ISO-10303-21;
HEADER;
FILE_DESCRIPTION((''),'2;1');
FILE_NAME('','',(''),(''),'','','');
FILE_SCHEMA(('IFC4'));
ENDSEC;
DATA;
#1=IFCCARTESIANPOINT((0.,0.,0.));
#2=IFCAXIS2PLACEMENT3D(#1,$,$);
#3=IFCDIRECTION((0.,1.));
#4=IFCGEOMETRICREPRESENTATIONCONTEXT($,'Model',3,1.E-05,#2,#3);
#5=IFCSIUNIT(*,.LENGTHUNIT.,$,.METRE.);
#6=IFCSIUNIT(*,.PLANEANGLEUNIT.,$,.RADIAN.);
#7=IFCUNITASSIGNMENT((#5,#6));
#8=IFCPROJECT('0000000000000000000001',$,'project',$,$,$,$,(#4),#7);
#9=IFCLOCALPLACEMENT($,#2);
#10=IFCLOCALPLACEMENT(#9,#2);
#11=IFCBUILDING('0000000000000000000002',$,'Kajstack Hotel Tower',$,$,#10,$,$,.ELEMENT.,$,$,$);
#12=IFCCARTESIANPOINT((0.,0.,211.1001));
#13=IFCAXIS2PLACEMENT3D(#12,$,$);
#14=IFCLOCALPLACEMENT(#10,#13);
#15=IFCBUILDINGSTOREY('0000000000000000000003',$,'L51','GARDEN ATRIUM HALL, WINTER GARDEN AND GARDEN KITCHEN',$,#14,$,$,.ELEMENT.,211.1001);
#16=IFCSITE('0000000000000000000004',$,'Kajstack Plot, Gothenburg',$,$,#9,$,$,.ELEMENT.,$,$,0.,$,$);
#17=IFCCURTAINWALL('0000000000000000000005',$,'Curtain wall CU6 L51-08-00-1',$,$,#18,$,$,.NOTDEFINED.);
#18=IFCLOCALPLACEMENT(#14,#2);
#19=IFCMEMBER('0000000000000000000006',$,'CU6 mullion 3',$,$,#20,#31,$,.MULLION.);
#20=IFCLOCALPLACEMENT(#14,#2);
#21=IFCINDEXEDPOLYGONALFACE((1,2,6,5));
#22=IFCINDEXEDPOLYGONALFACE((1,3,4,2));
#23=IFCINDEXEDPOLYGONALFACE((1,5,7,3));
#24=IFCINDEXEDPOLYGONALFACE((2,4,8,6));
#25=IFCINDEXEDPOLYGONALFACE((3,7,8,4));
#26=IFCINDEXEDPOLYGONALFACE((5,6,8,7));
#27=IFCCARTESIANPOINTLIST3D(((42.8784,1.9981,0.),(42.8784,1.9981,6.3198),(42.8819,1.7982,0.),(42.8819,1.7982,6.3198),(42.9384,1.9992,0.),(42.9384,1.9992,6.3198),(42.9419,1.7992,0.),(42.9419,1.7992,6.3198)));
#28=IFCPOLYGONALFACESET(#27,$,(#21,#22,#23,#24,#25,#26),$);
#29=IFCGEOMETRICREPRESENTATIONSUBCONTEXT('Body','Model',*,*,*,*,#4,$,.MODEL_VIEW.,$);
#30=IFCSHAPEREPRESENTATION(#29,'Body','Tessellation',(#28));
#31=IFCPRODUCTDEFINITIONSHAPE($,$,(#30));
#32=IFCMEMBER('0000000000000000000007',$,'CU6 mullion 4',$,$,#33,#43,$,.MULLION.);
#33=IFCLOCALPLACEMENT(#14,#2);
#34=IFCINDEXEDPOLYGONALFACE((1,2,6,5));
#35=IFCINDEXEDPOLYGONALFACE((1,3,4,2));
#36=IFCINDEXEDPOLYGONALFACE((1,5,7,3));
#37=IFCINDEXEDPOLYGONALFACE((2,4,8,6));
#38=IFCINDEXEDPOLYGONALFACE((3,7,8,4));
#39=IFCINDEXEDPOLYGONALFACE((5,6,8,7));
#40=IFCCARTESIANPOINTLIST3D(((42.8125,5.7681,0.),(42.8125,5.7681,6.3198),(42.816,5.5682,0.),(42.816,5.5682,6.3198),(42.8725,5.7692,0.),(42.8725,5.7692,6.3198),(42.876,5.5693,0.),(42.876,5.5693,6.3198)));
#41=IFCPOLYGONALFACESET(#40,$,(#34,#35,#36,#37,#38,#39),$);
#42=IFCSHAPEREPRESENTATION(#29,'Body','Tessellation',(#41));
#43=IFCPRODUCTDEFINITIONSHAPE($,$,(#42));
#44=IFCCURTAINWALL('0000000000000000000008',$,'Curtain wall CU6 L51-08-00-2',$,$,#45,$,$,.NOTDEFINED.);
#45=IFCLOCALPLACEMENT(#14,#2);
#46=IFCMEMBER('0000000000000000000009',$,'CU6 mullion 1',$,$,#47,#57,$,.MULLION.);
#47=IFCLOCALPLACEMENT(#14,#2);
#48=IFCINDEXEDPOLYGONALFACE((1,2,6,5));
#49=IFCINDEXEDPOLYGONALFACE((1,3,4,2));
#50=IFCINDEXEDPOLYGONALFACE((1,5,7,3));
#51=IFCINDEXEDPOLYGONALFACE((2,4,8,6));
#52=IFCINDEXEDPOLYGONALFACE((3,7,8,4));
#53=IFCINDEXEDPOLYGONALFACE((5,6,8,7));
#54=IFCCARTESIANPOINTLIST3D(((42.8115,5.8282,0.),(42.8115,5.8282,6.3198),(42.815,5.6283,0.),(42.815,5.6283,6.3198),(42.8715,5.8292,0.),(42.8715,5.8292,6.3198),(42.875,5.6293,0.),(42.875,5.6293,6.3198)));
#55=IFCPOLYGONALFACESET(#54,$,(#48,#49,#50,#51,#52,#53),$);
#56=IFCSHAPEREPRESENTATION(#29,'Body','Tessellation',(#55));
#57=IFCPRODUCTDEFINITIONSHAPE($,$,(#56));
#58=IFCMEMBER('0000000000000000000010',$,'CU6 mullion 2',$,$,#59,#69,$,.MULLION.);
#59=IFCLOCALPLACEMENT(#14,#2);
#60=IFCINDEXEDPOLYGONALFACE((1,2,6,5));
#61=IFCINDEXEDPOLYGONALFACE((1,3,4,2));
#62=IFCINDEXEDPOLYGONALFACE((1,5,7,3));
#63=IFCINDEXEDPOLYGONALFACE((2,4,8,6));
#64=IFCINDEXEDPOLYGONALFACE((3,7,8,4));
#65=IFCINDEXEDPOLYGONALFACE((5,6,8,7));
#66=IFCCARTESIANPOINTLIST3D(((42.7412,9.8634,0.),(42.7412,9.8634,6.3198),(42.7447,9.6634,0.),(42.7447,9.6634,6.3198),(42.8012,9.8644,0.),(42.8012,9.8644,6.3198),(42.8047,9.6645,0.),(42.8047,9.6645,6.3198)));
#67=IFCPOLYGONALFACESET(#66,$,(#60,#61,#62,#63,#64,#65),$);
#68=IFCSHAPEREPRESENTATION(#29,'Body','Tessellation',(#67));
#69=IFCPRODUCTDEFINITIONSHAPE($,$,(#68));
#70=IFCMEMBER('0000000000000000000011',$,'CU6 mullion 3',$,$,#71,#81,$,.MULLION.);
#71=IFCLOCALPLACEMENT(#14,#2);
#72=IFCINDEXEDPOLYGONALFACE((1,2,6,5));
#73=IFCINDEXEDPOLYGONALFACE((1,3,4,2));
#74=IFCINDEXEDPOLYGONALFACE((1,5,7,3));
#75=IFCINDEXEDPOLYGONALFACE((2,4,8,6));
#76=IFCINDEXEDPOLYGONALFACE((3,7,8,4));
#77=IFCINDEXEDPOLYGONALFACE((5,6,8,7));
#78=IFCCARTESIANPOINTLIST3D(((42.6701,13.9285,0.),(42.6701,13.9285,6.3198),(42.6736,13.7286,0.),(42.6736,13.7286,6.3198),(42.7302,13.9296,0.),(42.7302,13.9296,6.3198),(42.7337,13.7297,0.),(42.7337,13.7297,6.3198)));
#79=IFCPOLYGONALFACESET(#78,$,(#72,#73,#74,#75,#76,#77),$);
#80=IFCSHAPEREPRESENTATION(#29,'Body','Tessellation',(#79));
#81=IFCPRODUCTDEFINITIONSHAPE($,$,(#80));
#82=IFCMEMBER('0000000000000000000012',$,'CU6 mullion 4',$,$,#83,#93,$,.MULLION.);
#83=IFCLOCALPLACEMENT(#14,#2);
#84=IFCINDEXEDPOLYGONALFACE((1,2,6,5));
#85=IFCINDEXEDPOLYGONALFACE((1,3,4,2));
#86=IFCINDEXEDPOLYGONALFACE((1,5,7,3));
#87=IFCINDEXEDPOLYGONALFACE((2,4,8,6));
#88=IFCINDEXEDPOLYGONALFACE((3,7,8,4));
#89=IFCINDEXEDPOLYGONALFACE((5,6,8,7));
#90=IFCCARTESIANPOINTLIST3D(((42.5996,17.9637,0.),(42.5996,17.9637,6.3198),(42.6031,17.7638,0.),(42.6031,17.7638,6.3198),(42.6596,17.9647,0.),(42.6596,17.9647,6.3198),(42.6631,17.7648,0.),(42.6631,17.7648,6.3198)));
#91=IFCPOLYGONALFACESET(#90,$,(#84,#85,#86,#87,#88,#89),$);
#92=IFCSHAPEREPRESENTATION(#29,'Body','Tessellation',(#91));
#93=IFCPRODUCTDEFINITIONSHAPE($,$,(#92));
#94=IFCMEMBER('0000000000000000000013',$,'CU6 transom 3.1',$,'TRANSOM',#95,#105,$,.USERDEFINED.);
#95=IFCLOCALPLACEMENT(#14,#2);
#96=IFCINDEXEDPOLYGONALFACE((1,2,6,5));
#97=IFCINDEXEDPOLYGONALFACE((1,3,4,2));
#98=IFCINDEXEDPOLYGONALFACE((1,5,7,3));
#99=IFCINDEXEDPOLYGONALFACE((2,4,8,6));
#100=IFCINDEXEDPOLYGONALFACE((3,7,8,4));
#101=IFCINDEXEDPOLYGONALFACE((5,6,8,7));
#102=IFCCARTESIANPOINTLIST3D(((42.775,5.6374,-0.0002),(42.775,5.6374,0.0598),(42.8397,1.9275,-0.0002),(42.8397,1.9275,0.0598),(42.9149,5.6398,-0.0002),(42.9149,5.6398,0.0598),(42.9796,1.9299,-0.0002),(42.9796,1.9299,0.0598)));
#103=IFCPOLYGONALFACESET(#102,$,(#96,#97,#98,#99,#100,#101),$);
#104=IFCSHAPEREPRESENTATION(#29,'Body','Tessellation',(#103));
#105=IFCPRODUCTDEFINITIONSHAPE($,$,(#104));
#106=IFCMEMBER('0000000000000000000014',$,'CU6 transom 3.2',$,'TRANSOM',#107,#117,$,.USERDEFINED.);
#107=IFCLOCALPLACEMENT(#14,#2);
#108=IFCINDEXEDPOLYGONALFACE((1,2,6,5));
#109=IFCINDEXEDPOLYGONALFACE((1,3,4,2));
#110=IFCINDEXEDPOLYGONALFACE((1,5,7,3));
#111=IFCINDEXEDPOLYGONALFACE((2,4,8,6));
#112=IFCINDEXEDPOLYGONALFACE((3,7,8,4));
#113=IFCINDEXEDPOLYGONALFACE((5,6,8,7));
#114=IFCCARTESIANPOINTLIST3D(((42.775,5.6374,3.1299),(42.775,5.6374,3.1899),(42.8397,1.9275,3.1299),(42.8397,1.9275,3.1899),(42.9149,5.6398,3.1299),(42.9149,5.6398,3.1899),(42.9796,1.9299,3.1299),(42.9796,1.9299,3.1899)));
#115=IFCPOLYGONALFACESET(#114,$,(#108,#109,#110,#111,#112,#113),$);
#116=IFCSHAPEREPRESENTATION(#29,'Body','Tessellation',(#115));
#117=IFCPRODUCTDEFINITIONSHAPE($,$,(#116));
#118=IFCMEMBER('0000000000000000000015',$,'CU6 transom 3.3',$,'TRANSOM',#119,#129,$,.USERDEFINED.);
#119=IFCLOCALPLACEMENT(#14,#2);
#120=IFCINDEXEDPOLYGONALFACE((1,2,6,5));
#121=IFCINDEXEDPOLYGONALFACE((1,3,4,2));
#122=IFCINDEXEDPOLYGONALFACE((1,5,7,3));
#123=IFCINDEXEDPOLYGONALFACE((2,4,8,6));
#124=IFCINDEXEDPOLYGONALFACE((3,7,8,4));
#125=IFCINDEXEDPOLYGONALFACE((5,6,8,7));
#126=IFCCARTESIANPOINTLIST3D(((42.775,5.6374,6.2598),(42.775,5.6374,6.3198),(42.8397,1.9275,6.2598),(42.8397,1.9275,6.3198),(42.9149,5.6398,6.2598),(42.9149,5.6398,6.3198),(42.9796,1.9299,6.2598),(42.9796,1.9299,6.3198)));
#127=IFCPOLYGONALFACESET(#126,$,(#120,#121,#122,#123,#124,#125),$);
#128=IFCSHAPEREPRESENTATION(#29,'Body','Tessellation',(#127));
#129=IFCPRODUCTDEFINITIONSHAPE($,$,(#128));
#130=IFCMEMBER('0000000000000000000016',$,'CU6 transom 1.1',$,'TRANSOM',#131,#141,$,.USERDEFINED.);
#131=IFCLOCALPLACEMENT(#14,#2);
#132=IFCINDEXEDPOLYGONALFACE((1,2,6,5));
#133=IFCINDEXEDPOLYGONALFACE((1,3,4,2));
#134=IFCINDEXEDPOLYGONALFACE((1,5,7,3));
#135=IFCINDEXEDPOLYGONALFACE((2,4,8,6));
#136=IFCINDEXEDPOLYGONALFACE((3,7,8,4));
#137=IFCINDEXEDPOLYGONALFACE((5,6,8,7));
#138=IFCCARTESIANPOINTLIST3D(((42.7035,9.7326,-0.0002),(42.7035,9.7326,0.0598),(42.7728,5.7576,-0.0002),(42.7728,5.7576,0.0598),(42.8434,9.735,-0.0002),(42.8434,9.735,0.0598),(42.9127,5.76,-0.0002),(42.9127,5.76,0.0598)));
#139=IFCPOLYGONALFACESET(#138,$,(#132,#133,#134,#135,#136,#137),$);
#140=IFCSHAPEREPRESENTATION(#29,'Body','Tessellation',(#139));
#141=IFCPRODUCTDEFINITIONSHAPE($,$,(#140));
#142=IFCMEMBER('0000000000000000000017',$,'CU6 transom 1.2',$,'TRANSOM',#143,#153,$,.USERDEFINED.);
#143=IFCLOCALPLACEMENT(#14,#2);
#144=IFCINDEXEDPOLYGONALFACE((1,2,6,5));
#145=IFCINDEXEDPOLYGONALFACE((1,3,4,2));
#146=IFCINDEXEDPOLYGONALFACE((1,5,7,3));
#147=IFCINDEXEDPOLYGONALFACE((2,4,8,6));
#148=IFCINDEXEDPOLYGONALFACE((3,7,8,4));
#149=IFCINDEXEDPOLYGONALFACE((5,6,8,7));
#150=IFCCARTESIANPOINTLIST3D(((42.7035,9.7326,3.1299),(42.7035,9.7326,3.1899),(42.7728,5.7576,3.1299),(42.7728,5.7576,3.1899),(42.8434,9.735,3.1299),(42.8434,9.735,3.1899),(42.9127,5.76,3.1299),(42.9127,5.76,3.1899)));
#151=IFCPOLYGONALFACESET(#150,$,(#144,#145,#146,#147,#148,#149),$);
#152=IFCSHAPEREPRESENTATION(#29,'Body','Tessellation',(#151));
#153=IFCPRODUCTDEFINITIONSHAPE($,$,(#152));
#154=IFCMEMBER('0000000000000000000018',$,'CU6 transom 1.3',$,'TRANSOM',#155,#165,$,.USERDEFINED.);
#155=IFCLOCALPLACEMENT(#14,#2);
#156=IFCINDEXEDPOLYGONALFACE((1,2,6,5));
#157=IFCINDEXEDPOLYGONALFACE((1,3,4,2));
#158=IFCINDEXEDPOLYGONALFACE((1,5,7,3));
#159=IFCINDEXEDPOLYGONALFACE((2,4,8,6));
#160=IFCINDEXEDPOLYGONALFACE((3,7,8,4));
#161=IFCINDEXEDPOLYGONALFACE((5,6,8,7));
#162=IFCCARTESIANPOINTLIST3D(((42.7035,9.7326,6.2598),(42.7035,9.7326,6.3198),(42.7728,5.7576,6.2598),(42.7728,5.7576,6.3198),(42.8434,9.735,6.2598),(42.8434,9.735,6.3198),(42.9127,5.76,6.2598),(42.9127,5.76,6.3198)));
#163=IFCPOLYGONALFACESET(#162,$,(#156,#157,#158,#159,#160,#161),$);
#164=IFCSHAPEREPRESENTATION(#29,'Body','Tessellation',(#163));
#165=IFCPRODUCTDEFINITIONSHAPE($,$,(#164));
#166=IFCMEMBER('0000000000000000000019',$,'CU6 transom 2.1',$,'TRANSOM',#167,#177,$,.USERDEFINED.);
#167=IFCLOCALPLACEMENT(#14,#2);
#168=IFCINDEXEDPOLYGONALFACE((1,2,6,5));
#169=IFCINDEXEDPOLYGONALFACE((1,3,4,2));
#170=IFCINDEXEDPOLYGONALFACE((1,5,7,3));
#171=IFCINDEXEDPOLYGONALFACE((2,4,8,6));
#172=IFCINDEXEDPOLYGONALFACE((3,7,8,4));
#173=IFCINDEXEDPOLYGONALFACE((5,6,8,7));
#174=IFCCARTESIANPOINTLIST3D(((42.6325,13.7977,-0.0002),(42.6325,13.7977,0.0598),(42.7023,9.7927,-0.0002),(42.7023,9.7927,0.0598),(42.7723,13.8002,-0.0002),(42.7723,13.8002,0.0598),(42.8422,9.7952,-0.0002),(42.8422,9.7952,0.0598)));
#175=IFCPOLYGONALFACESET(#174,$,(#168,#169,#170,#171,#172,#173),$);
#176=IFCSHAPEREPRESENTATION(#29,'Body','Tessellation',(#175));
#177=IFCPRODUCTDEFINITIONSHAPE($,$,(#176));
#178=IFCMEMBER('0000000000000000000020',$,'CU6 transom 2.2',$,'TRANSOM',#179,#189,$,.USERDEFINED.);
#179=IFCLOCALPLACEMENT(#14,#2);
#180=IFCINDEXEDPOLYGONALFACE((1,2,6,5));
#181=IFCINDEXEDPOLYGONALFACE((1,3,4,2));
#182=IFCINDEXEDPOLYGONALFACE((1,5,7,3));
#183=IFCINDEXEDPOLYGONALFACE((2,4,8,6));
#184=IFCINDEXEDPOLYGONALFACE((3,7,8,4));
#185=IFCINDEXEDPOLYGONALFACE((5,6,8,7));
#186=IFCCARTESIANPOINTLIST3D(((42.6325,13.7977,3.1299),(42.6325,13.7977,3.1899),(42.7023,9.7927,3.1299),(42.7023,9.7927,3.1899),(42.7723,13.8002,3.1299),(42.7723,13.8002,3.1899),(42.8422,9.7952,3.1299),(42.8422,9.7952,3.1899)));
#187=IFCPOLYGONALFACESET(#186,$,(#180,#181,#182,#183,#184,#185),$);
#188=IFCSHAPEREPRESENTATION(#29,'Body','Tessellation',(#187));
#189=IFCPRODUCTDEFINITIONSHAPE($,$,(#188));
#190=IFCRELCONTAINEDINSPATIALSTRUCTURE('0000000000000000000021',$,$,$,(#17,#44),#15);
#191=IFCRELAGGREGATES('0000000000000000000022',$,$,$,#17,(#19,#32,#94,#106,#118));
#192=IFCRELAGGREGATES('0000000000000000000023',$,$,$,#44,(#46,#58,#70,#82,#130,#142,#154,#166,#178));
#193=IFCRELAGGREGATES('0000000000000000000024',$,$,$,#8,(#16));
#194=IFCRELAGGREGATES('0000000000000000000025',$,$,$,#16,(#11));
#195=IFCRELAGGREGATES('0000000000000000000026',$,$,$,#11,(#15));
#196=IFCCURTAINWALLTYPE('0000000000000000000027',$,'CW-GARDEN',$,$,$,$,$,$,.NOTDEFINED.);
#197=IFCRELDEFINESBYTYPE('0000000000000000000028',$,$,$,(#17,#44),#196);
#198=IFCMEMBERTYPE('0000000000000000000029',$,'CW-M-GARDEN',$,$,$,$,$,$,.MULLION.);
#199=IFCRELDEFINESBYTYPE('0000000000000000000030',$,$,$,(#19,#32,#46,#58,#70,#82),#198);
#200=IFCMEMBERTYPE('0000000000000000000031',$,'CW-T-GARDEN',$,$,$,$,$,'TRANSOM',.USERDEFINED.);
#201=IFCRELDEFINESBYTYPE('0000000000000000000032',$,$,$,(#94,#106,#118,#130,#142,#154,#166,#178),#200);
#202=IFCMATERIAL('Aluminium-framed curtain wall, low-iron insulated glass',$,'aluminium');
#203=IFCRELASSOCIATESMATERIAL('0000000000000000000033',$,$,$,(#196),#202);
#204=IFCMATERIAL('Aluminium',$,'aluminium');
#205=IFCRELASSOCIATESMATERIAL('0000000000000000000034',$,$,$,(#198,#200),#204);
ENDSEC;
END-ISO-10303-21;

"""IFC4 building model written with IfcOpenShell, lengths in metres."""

from ifc_helpers import new_model, si_unit, direction, frame, origin, origin_2d, place, context, subcontext, project, spatial, rectangle, extrude, material, material_profile, profile_set, type_object, element, aggregate, save


model = new_model("IFC4")

# Units and contexts
model_context = context("Model", 3, precision=1e-05, world=origin(), true_north=direction((0.0, 1.0)))
body_context = subcontext(model_context, "Body", "Model", "MODEL_VIEW")
ifc_project = project(units=[si_unit("LENGTHUNIT", "METRE"), si_unit("PLANEANGLEUNIT", "RADIAN")], contexts=[model_context])

# Site, building, storey
site_placement = place(None, origin())
site = spatial("IfcSite", under=ifc_project, at=site_placement, Name="Kajstack Plot, Gothenburg", CompositionType="ELEMENT", RefElevation=0.0)
building_placement = place(site_placement, origin())
building = spatial("IfcBuilding", under=site, at=building_placement, Name="Kajstack Hotel Tower", CompositionType="ELEMENT")
storey_placement = place(building_placement, frame((0.0, 0.0, 211.1001)))
storey = spatial("IfcBuildingStorey", under=building, at=storey_placement, Name="L51", Description="GARDEN ATRIUM HALL, WINTER GARDEN AND GARDEN KITCHEN", CompositionType="ELEMENT", Elevation=211.1001)

# Curtain walls, members
ifc_material_1 = material(Name="Aluminium-framed curtain wall, low-iron insulated glass", Category="aluminium")
curtain_wall_type = type_object("IfcCurtainWallType", Name="CW-GARDEN", PredefinedType="NOTDEFINED", material=ifc_material_1)
curtain_wall_1_placement = place(storey_placement, origin())
curtain_wall_1 = element("IfcCurtainWall", 1, at=curtain_wall_1_placement, inside=storey, type_object=curtain_wall_type, Name="Curtain wall CU6 L51-08-00-1", PredefinedType="NOTDEFINED")
ifc_material_2 = material(Name="Aluminium", Category="aluminium")
ifc_material_profile_1 = material_profile(ifc_material_2, rectangle(XDim=0.0601, YDim=0.2, at=origin_2d()), Name="Aluminium mullion 60 x 200")
ifc_profile_set_1 = profile_set([ifc_material_profile_1], Name="Aluminium")
member_type_1 = type_object("IfcMemberType", Name="CW-M-GARDEN", PredefinedType="MULLION", material=ifc_profile_set_1)
member_1_placement = place(storey_placement, frame((42.9102, 1.8987, 0.0), z_axis=(0.0, 0.0, 1.0), x_axis=(-0.999848, -0.017455, 0.0)))
member_1 = element("IfcMember", 2, at=member_1_placement, type_object=member_type_1, Name="CU6 mullion 3", PredefinedType="MULLION", context=body_context, shape_type="SweptSolid", body=[
    extrude(rectangle(XDim=0.0601, YDim=0.2, at=origin_2d()), origin(), (0.0, 0.0, 1.0), 6.3198),
])
member_2_placement = place(storey_placement, frame((42.8442, 5.6687, 0.0), z_axis=(0.0, 0.0, 1.0), x_axis=(-0.999848, -0.017455, 0.0)))
member_2 = element("IfcMember", 3, at=member_2_placement, type_object=member_type_1, Name="CU6 mullion 4", PredefinedType="MULLION", context=body_context, shape_type="SweptSolid", body=[
    extrude(rectangle(XDim=0.0601, YDim=0.2, at=origin_2d()), origin(), (0.0, 0.0, 1.0), 6.3198),
])
curtain_wall_2_placement = place(storey_placement, origin())
curtain_wall_2 = element("IfcCurtainWall", 4, at=curtain_wall_2_placement, inside=storey, type_object=curtain_wall_type, Name="Curtain wall CU6 L51-08-00-2", PredefinedType="NOTDEFINED")
member_3_placement = place(storey_placement, frame((42.8433, 5.7288, 0.0), z_axis=(0.0, 0.0, 1.0), x_axis=(-0.999848, -0.017455, 0.0)))
member_3 = element("IfcMember", 5, at=member_3_placement, type_object=member_type_1, Name="CU6 mullion 1", PredefinedType="MULLION", context=body_context, shape_type="SweptSolid", body=[
    extrude(rectangle(XDim=0.0601, YDim=0.2, at=origin_2d()), origin(), (0.0, 0.0, 1.0), 6.3198),
])
member_4_placement = place(storey_placement, frame((42.7729, 9.7639, 0.0), z_axis=(0.0, 0.0, 1.0), x_axis=(-0.999848, -0.017455, 0.0)))
member_4 = element("IfcMember", 6, at=member_4_placement, type_object=member_type_1, Name="CU6 mullion 2", PredefinedType="MULLION", context=body_context, shape_type="SweptSolid", body=[
    extrude(rectangle(XDim=0.0601, YDim=0.2, at=origin_2d()), origin(), (0.0, 0.0, 1.0), 6.3198),
])
member_5_placement = place(storey_placement, frame((42.7019, 13.8291, 0.0), z_axis=(0.0, 0.0, 1.0), x_axis=(-0.999848, -0.017455, 0.0)))
member_5 = element("IfcMember", 7, at=member_5_placement, type_object=member_type_1, Name="CU6 mullion 3", PredefinedType="MULLION", context=body_context, shape_type="SweptSolid", body=[
    extrude(rectangle(XDim=0.0601, YDim=0.2, at=origin_2d()), origin(), (0.0, 0.0, 1.0), 6.3198),
])
member_6_placement = place(storey_placement, frame((42.6313, 17.8643, 0.0), z_axis=(0.0, 0.0, 1.0), x_axis=(-0.999848, -0.017455, 0.0)))
member_6 = element("IfcMember", 8, at=member_6_placement, type_object=member_type_1, Name="CU6 mullion 4", PredefinedType="MULLION", context=body_context, shape_type="SweptSolid", body=[
    extrude(rectangle(XDim=0.0601, YDim=0.2, at=origin_2d()), origin(), (0.0, 0.0, 1.0), 6.3198),
])

# Members
ifc_material_profile_2 = material_profile(ifc_material_2, rectangle(XDim=0.1399, YDim=0.0601, at=origin_2d()), Name="Aluminium transom 140 x 60")
ifc_profile_set_2 = profile_set([ifc_material_profile_2], Name="Aluminium")
member_type_2 = type_object("IfcMemberType", Name="CW-T-GARDEN", ElementType="TRANSOM", PredefinedType="USERDEFINED", material=ifc_profile_set_2)
member_7_placement = place(storey_placement, frame((42.9097, 1.9287, 0.0298), z_axis=(-0.017436, 0.999848, 0.0), x_axis=(-0.999848, -0.017436, 0.0)))
member_7 = element("IfcMember", 9, at=member_7_placement, type_object=member_type_2, Name="CU6 transom 3.1", ObjectType="TRANSOM", PredefinedType="USERDEFINED", context=body_context, shape_type="SweptSolid", body=[
    extrude(rectangle(XDim=0.1399, YDim=0.0601, at=origin_2d()), origin(), (0.0, 0.0, 1.0), 3.7104),
])
member_8_placement = place(storey_placement, frame((42.9097, 1.9287, 3.1599), z_axis=(-0.017436, 0.999848, 0.0), x_axis=(-0.999848, -0.017436, 0.0)))
member_8 = element("IfcMember", 10, at=member_8_placement, type_object=member_type_2, Name="CU6 transom 3.2", ObjectType="TRANSOM", PredefinedType="USERDEFINED", context=body_context, shape_type="SweptSolid", body=[
    extrude(rectangle(XDim=0.1399, YDim=0.0601, at=origin_2d()), origin(), (0.0, 0.0, 1.0), 3.7104),
])
member_9_placement = place(storey_placement, frame((42.9097, 1.9287, 6.2898), z_axis=(-0.017436, 0.999848, 0.0), x_axis=(-0.999848, -0.017436, 0.0)))
member_9 = element("IfcMember", 11, at=member_9_placement, type_object=member_type_2, Name="CU6 transom 3.3", ObjectType="TRANSOM", PredefinedType="USERDEFINED", context=body_context, shape_type="SweptSolid", body=[
    extrude(rectangle(XDim=0.1399, YDim=0.0601, at=origin_2d()), origin(), (0.0, 0.0, 1.0), 3.7104),
])
member_10_placement = place(storey_placement, frame((42.8428, 5.7588, 0.0298), z_axis=(-0.01744, 0.999848, 0.0), x_axis=(-0.999848, -0.01744, 0.0)))
member_10 = element("IfcMember", 12, at=member_10_placement, type_object=member_type_2, Name="CU6 transom 1.1", ObjectType="TRANSOM", PredefinedType="USERDEFINED", context=body_context, shape_type="SweptSolid", body=[
    extrude(rectangle(XDim=0.1399, YDim=0.0601, at=origin_2d()), origin(), (0.0, 0.0, 1.0), 3.9756),
])
member_11_placement = place(storey_placement, frame((42.8428, 5.7588, 3.1599), z_axis=(-0.01744, 0.999848, 0.0), x_axis=(-0.999848, -0.01744, 0.0)))
member_11 = element("IfcMember", 13, at=member_11_placement, type_object=member_type_2, Name="CU6 transom 1.2", ObjectType="TRANSOM", PredefinedType="USERDEFINED", context=body_context, shape_type="SweptSolid", body=[
    extrude(rectangle(XDim=0.1399, YDim=0.0601, at=origin_2d()), origin(), (0.0, 0.0, 1.0), 3.9756),
])
member_12_placement = place(storey_placement, frame((42.8428, 5.7588, 6.2898), z_axis=(-0.01744, 0.999848, 0.0), x_axis=(-0.999848, -0.01744, 0.0)))
member_12 = element("IfcMember", 14, at=member_12_placement, type_object=member_type_2, Name="CU6 transom 1.3", ObjectType="TRANSOM", PredefinedType="USERDEFINED", context=body_context, shape_type="SweptSolid", body=[
    extrude(rectangle(XDim=0.1399, YDim=0.0601, at=origin_2d()), origin(), (0.0, 0.0, 1.0), 3.9756),
])
member_13_placement = place(storey_placement, frame((42.7722, 9.7939, 0.0298), z_axis=(-0.017431, 0.999848, 0.0), x_axis=(-0.999848, -0.017431, 0.0)))
member_13 = element("IfcMember", 15, at=member_13_placement, type_object=member_type_2, Name="CU6 transom 2.1", ObjectType="TRANSOM", PredefinedType="USERDEFINED", context=body_context, shape_type="SweptSolid", body=[
    extrude(rectangle(XDim=0.1399, YDim=0.0601, at=origin_2d()), origin(), (0.0, 0.0, 1.0), 4.0056),
])
member_14_placement = place(storey_placement, frame((42.7722, 9.7939, 3.1599), z_axis=(-0.017431, 0.999848, 0.0), x_axis=(-0.999848, -0.017431, 0.0)))
member_14 = element("IfcMember", 16, at=member_14_placement, type_object=member_type_2, Name="CU6 transom 2.2", ObjectType="TRANSOM", PredefinedType="USERDEFINED", context=body_context, shape_type="SweptSolid", body=[
    extrude(rectangle(XDim=0.1399, YDim=0.0601, at=origin_2d()), origin(), (0.0, 0.0, 1.0), 4.0056),
])

aggregate(curtain_wall_1, [member_1, member_2, member_7, member_8, member_9])
aggregate(curtain_wall_2, [member_3, member_4, member_5, member_6, member_10, member_11, member_12, member_13, member_14])

save(model, "model.ifc")
